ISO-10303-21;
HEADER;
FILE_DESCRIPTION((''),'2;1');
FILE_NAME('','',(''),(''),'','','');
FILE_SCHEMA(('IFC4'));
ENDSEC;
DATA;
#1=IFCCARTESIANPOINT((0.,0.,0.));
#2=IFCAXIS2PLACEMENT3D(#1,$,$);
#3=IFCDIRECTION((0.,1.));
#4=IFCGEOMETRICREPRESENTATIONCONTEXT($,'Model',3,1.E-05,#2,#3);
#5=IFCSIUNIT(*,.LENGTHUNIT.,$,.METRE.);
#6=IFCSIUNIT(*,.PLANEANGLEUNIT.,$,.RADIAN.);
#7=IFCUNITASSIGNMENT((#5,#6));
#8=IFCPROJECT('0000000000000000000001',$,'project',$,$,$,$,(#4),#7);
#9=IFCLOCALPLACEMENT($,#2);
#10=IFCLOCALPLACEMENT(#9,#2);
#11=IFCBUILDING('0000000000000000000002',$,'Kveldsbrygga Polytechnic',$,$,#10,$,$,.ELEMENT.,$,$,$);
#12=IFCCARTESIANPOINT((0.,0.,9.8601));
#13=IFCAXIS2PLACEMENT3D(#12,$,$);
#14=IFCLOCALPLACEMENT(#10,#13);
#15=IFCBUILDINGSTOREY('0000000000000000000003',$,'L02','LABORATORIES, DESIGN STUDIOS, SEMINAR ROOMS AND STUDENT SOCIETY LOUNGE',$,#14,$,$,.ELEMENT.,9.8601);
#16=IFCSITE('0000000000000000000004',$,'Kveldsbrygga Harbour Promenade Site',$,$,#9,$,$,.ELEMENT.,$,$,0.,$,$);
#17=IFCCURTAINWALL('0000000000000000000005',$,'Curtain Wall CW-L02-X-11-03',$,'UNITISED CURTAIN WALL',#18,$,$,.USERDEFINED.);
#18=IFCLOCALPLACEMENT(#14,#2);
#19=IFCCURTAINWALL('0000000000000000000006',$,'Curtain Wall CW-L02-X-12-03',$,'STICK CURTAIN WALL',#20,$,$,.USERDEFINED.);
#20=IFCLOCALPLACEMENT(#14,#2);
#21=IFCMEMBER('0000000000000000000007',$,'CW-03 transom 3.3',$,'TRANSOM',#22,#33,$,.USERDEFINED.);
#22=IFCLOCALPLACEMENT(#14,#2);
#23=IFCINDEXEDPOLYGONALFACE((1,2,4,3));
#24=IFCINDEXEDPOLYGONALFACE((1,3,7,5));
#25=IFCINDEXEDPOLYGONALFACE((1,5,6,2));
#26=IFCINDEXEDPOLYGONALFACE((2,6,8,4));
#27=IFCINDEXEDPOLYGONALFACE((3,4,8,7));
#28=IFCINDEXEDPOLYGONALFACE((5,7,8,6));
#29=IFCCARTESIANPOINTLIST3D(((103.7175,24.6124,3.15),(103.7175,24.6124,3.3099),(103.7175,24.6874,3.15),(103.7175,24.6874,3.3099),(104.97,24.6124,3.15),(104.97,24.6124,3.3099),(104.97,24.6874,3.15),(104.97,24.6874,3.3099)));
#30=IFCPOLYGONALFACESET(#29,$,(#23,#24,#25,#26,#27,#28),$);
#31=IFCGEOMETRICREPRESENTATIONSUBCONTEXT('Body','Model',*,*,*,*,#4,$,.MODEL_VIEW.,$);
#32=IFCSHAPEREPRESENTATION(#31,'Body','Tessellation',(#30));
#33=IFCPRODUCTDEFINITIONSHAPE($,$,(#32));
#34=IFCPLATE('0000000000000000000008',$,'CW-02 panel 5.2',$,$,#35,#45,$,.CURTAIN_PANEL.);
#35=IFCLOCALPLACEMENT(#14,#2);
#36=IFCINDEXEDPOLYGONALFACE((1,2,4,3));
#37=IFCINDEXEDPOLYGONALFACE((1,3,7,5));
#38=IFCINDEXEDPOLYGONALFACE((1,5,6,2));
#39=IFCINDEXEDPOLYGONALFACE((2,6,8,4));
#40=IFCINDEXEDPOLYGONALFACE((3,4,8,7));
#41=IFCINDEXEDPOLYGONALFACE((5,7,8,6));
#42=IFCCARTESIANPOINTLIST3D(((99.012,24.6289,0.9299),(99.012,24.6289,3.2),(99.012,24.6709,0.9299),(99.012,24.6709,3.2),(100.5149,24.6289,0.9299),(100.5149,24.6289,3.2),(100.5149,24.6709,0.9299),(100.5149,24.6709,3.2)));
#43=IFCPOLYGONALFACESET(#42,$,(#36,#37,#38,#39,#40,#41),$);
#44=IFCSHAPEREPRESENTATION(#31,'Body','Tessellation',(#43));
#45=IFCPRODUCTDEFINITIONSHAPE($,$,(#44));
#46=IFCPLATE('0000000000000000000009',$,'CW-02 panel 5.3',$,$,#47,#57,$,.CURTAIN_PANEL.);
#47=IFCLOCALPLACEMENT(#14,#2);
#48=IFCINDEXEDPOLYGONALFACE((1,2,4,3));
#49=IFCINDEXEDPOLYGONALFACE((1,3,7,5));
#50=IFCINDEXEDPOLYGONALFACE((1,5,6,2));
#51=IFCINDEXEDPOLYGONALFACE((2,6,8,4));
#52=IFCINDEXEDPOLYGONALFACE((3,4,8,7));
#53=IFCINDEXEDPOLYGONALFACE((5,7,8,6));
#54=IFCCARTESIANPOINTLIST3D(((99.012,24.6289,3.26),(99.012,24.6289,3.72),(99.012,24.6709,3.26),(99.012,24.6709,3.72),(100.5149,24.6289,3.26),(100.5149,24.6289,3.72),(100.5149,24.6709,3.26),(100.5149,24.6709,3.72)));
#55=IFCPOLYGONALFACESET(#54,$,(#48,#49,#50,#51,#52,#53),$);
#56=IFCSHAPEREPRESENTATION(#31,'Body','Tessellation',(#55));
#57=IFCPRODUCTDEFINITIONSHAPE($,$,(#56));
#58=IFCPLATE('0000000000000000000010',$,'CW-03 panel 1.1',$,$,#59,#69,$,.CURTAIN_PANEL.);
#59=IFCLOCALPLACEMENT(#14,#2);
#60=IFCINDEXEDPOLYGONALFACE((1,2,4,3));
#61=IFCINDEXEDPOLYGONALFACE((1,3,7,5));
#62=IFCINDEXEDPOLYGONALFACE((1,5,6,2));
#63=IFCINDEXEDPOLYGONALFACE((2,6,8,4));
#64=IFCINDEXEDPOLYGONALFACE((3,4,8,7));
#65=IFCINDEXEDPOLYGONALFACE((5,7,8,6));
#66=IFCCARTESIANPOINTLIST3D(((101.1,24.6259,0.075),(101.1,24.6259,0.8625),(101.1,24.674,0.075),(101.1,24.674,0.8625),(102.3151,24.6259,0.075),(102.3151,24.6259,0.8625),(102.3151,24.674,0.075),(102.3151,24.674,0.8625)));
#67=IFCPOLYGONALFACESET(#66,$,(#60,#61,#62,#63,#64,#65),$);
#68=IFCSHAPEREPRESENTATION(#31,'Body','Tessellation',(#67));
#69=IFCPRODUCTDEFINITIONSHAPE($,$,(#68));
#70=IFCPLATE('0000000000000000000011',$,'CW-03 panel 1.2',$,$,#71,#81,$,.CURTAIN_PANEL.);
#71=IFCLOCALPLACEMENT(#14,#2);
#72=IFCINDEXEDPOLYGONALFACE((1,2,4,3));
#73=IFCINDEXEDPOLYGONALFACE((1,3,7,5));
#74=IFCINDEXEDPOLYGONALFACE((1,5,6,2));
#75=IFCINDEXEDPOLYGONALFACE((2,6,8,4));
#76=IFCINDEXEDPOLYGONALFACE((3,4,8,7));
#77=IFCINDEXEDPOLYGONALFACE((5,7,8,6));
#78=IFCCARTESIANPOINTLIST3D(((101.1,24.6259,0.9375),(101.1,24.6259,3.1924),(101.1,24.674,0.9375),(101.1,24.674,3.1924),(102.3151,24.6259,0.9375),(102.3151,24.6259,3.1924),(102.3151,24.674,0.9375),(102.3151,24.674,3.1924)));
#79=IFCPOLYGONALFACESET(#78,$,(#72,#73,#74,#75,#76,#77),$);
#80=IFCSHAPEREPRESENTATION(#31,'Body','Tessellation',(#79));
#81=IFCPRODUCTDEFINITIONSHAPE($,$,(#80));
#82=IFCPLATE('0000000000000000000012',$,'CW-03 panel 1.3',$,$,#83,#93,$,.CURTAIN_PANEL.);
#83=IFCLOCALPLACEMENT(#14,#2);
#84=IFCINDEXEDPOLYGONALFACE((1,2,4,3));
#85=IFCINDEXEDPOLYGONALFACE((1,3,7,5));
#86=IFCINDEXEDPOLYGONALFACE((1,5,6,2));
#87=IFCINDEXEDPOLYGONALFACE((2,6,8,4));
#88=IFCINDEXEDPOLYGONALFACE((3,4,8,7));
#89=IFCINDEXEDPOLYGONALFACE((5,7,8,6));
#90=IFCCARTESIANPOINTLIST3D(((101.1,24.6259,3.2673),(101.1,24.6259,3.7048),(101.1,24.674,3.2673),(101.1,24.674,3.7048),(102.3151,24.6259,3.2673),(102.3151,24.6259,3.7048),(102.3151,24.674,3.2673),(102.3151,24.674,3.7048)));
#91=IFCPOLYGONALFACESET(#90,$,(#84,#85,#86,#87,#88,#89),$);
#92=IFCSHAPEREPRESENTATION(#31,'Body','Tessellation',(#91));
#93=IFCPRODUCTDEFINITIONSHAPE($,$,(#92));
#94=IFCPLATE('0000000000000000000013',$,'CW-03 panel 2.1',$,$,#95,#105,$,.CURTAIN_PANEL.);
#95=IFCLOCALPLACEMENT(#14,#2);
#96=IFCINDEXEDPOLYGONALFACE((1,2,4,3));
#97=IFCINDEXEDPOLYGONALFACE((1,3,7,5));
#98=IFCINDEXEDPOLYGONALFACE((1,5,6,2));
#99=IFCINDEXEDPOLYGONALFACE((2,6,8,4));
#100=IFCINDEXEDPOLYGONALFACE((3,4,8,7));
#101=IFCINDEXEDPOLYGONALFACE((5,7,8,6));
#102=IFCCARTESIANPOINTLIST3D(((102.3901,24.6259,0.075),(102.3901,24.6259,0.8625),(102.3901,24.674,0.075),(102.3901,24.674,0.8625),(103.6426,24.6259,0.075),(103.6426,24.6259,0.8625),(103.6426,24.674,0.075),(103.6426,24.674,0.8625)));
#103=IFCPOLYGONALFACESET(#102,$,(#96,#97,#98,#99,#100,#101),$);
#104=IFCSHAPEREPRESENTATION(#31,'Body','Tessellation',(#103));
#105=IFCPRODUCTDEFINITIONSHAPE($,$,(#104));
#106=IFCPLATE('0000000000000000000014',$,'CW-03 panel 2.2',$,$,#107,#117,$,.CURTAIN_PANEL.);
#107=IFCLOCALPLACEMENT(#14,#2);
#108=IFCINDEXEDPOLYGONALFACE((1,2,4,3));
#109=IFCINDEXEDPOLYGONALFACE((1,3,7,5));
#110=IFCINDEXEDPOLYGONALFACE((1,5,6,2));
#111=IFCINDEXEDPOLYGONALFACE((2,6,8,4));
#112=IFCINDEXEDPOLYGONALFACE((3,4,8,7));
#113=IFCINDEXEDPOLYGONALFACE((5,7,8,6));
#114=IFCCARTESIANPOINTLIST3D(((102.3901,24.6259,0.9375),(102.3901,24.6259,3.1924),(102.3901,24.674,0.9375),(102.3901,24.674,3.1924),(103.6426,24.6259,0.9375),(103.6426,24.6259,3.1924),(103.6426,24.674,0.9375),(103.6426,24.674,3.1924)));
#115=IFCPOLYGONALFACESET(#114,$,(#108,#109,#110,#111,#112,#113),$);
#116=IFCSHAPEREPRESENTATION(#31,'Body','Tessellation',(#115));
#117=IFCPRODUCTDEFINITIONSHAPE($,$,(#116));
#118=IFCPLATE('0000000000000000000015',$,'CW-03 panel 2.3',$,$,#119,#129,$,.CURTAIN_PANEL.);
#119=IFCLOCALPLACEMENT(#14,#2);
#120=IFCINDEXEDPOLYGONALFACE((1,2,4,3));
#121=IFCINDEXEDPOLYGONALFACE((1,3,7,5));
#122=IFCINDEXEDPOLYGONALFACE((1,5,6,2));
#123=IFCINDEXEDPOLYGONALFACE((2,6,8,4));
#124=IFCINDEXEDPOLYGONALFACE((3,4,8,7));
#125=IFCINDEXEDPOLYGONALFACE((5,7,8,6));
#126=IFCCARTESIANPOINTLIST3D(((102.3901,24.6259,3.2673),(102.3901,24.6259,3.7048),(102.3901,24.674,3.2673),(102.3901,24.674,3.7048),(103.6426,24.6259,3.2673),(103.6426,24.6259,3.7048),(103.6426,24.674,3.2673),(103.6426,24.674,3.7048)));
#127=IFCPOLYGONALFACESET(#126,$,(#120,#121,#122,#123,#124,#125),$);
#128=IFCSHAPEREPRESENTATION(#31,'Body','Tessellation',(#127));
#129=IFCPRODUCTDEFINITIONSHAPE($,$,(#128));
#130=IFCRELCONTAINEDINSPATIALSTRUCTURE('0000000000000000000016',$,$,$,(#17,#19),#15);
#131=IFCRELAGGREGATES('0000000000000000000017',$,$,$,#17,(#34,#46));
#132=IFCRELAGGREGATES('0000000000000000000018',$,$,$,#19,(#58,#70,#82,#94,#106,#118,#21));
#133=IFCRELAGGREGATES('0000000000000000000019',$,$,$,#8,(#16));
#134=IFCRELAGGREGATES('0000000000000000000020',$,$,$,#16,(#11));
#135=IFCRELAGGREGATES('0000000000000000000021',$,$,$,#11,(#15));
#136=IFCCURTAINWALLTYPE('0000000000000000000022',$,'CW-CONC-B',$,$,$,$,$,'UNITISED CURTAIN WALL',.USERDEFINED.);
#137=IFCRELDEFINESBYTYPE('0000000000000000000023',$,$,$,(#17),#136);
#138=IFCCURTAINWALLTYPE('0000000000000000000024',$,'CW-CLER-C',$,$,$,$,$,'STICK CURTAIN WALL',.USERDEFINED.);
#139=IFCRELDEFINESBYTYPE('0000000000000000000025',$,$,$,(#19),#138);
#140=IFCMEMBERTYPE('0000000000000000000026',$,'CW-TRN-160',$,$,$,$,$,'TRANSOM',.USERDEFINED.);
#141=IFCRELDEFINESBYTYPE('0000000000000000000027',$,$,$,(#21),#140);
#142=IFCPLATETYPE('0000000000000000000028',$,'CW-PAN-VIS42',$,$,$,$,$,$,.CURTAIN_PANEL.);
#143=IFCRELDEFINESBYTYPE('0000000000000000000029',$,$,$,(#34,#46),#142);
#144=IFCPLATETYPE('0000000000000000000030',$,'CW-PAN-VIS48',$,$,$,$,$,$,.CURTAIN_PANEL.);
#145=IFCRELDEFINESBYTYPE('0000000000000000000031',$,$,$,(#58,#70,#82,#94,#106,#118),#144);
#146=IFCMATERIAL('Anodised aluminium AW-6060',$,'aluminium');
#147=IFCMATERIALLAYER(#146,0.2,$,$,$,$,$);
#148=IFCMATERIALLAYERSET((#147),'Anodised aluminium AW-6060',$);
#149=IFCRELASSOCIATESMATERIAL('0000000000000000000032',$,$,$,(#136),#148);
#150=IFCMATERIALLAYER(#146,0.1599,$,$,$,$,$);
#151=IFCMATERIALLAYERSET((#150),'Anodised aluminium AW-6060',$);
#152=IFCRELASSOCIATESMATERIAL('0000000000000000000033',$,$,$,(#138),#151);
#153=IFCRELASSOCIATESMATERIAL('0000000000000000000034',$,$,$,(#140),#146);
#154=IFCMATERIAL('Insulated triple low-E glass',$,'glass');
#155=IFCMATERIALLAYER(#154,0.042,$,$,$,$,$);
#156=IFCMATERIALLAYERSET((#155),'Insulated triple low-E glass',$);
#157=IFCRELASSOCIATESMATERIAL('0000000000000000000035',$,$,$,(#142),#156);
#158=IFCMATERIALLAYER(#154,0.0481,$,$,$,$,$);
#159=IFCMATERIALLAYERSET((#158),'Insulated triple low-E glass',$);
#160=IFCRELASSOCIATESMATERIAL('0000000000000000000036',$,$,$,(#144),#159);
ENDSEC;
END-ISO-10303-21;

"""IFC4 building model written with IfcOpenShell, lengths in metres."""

from ifc_helpers import new_model, si_unit, direction, frame, origin, origin_2d, place, context, subcontext, project, spatial, rectangle, extrude, material, layer, layer_set, material_profile, profile_set, type_object, element, aggregate, save


model = new_model("IFC4")

# Units and contexts
model_context = context("Model", 3, precision=1e-05, world=origin(), true_north=direction((0.0, 1.0)))
body_context = subcontext(model_context, "Body", "Model", "MODEL_VIEW")
ifc_project = project(units=[si_unit("LENGTHUNIT", "METRE"), si_unit("PLANEANGLEUNIT", "RADIAN")], contexts=[model_context])

# Site, building, storey
site_placement = place(None, origin())
site = spatial("IfcSite", under=ifc_project, at=site_placement, Name="Kveldsbrygga Harbour Promenade Site", CompositionType="ELEMENT", RefElevation=0.0)
building_placement = place(site_placement, origin())
building = spatial("IfcBuilding", under=site, at=building_placement, Name="Kveldsbrygga Polytechnic", CompositionType="ELEMENT")
storey_placement = place(building_placement, frame((0.0, 0.0, 9.8601)))
storey = spatial("IfcBuildingStorey", under=building, at=storey_placement, Name="L02", Description="LABORATORIES, DESIGN STUDIOS, SEMINAR ROOMS AND STUDENT SOCIETY LOUNGE", CompositionType="ELEMENT", Elevation=9.8601)

# Curtain wall
ifc_material_1 = material(Name="Anodised aluminium AW-6060", Category="aluminium")
ifc_layer_1 = layer(ifc_material_1, 0.2)
ifc_layer_set_1 = layer_set([ifc_layer_1], Name="Anodised aluminium AW-6060")
curtain_wall_type_1 = type_object("IfcCurtainWallType", Name="CW-CONC-B", ElementType="UNITISED CURTAIN WALL", PredefinedType="USERDEFINED", material=ifc_layer_set_1)
curtain_wall_1_placement = place(storey_placement, origin())
curtain_wall_1 = element("IfcCurtainWall", 1, at=curtain_wall_1_placement, inside=storey, type_object=curtain_wall_type_1, Name="Curtain Wall CW-L02-X-11-03", ObjectType="UNITISED CURTAIN WALL", PredefinedType="USERDEFINED")

# Curtain wall, member
ifc_layer_2 = layer(ifc_material_1, 0.1599)
ifc_layer_set_2 = layer_set([ifc_layer_2], Name="Anodised aluminium AW-6060")
curtain_wall_type_2 = type_object("IfcCurtainWallType", Name="CW-CLER-C", ElementType="STICK CURTAIN WALL", PredefinedType="USERDEFINED", material=ifc_layer_set_2)
curtain_wall_2_placement = place(storey_placement, origin())
curtain_wall_2 = element("IfcCurtainWall", 2, at=curtain_wall_2_placement, inside=storey, type_object=curtain_wall_type_2, Name="Curtain Wall CW-L02-X-12-03", ObjectType="STICK CURTAIN WALL", PredefinedType="USERDEFINED")
ifc_material_profile_1 = material_profile(ifc_material_1, rectangle(XDim=0.075, YDim=0.1599, at=origin_2d()), Name="ALU 75x160")
ifc_profile_set_1 = profile_set([ifc_material_profile_1], Name="Anodised aluminium AW-6060")
member_type_1 = type_object("IfcMemberType", Name="CW-TRN-160", ElementType="TRANSOM", PredefinedType="USERDEFINED", material=ifc_profile_set_1)
member_1_placement = place(storey_placement, frame((103.7175, 24.6499, 3.23), z_axis=(1.0, 0.0, 0.0), x_axis=(0.0, 1.0, 0.0)))
member_1 = element("IfcMember", 3, at=member_1_placement, type_object=member_type_1, Name="CW-03 transom 3.3", ObjectType="TRANSOM", PredefinedType="USERDEFINED", context=body_context, shape_type="SweptSolid", body=[
    extrude(rectangle(XDim=0.075, YDim=0.1599, at=origin_2d()), origin(), (0.0, 0.0, 1.0), 1.2524),
])

# Plates
ifc_material_2 = material(Name="Insulated triple low-E glass", Category="glass")
ifc_layer_3 = layer(ifc_material_2, 0.042)
ifc_layer_set_3 = layer_set([ifc_layer_3], Name="Insulated triple low-E glass")
plate_type_1 = type_object("IfcPlateType", Name="CW-PAN-VIS42", PredefinedType="CURTAIN_PANEL", material=ifc_layer_set_3)
plate_1_placement = place(storey_placement, frame((99.7634, 24.6499, 0.9299), z_axis=(0.0, 0.0, 1.0), x_axis=(1.0, 0.0, 0.0)))
plate_1 = element("IfcPlate", 4, at=plate_1_placement, type_object=plate_type_1, Name="CW-02 panel 5.2", PredefinedType="CURTAIN_PANEL", context=body_context, shape_type="SweptSolid", body=[
    extrude(rectangle(XDim=1.5029, YDim=0.042, at=origin_2d()), origin(), (0.0, 0.0, 1.0), 2.27),
])
plate_2_placement = place(storey_placement, frame((99.7634, 24.6499, 3.26), z_axis=(0.0, 0.0, 1.0), x_axis=(1.0, 0.0, 0.0)))
plate_2 = element("IfcPlate", 5, at=plate_2_placement, type_object=plate_type_1, Name="CW-02 panel 5.3", PredefinedType="CURTAIN_PANEL", context=body_context, shape_type="SweptSolid", body=[
    extrude(rectangle(XDim=1.5029, YDim=0.042, at=origin_2d()), origin(), (0.0, 0.0, 1.0), 0.46),
])
aggregate(curtain_wall_1, [plate_1, plate_2])
ifc_layer_4 = layer(ifc_material_2, 0.0481)
ifc_layer_set_4 = layer_set([ifc_layer_4], Name="Insulated triple low-E glass")
plate_type_2 = type_object("IfcPlateType", Name="CW-PAN-VIS48", PredefinedType="CURTAIN_PANEL", material=ifc_layer_set_4)
plate_3_placement = place(storey_placement, frame((101.7075, 24.6499, 0.075), z_axis=(0.0, 0.0, 1.0), x_axis=(1.0, 0.0, 0.0)))
plate_3 = element("IfcPlate", 6, at=plate_3_placement, type_object=plate_type_2, Name="CW-03 panel 1.1", PredefinedType="CURTAIN_PANEL", context=body_context, shape_type="SweptSolid", body=[
    extrude(rectangle(XDim=1.2151, YDim=0.0481, at=origin_2d()), origin(), (0.0, 0.0, 1.0), 0.7876),
])
plate_4_placement = place(storey_placement, frame((101.7075, 24.6499, 0.9375), z_axis=(0.0, 0.0, 1.0), x_axis=(1.0, 0.0, 0.0)))
plate_4 = element("IfcPlate", 7, at=plate_4_placement, type_object=plate_type_2, Name="CW-03 panel 1.2", PredefinedType="CURTAIN_PANEL", context=body_context, shape_type="SweptSolid", body=[
    extrude(rectangle(XDim=1.2151, YDim=0.0481, at=origin_2d()), origin(), (0.0, 0.0, 1.0), 2.2549),
])
plate_5_placement = place(storey_placement, frame((101.7075, 24.6499, 3.2673), z_axis=(0.0, 0.0, 1.0), x_axis=(1.0, 0.0, 0.0)))
plate_5 = element("IfcPlate", 8, at=plate_5_placement, type_object=plate_type_2, Name="CW-03 panel 1.3", PredefinedType="CURTAIN_PANEL", context=body_context, shape_type="SweptSolid", body=[
    extrude(rectangle(XDim=1.2151, YDim=0.0481, at=origin_2d()), origin(), (0.0, 0.0, 1.0), 0.4375),
])
plate_6_placement = place(storey_placement, frame((103.0164, 24.6499, 0.075), z_axis=(0.0, 0.0, 1.0), x_axis=(1.0, 0.0, 0.0)))
plate_6 = element("IfcPlate", 9, at=plate_6_placement, type_object=plate_type_2, Name="CW-03 panel 2.1", PredefinedType="CURTAIN_PANEL", context=body_context, shape_type="SweptSolid", body=[
    extrude(rectangle(XDim=1.2524, YDim=0.0481, at=origin_2d()), origin(), (0.0, 0.0, 1.0), 0.7876),
])
plate_7_placement = place(storey_placement, frame((103.0164, 24.6499, 0.9375), z_axis=(0.0, 0.0, 1.0), x_axis=(1.0, 0.0, 0.0)))
plate_7 = element("IfcPlate", 10, at=plate_7_placement, type_object=plate_type_2, Name="CW-03 panel 2.2", PredefinedType="CURTAIN_PANEL", context=body_context, shape_type="SweptSolid", body=[
    extrude(rectangle(XDim=1.2524, YDim=0.0481, at=origin_2d()), origin(), (0.0, 0.0, 1.0), 2.2549),
])
plate_8_placement = place(storey_placement, frame((103.0164, 24.6499, 3.2673), z_axis=(0.0, 0.0, 1.0), x_axis=(1.0, 0.0, 0.0)))
plate_8 = element("IfcPlate", 11, at=plate_8_placement, type_object=plate_type_2, Name="CW-03 panel 2.3", PredefinedType="CURTAIN_PANEL", context=body_context, shape_type="SweptSolid", body=[
    extrude(rectangle(XDim=1.2524, YDim=0.0481, at=origin_2d()), origin(), (0.0, 0.0, 1.0), 0.4375),
])
aggregate(curtain_wall_2, [plate_3, plate_4, plate_5, plate_6, plate_7, plate_8, member_1])

save(model, "model.ifc")
